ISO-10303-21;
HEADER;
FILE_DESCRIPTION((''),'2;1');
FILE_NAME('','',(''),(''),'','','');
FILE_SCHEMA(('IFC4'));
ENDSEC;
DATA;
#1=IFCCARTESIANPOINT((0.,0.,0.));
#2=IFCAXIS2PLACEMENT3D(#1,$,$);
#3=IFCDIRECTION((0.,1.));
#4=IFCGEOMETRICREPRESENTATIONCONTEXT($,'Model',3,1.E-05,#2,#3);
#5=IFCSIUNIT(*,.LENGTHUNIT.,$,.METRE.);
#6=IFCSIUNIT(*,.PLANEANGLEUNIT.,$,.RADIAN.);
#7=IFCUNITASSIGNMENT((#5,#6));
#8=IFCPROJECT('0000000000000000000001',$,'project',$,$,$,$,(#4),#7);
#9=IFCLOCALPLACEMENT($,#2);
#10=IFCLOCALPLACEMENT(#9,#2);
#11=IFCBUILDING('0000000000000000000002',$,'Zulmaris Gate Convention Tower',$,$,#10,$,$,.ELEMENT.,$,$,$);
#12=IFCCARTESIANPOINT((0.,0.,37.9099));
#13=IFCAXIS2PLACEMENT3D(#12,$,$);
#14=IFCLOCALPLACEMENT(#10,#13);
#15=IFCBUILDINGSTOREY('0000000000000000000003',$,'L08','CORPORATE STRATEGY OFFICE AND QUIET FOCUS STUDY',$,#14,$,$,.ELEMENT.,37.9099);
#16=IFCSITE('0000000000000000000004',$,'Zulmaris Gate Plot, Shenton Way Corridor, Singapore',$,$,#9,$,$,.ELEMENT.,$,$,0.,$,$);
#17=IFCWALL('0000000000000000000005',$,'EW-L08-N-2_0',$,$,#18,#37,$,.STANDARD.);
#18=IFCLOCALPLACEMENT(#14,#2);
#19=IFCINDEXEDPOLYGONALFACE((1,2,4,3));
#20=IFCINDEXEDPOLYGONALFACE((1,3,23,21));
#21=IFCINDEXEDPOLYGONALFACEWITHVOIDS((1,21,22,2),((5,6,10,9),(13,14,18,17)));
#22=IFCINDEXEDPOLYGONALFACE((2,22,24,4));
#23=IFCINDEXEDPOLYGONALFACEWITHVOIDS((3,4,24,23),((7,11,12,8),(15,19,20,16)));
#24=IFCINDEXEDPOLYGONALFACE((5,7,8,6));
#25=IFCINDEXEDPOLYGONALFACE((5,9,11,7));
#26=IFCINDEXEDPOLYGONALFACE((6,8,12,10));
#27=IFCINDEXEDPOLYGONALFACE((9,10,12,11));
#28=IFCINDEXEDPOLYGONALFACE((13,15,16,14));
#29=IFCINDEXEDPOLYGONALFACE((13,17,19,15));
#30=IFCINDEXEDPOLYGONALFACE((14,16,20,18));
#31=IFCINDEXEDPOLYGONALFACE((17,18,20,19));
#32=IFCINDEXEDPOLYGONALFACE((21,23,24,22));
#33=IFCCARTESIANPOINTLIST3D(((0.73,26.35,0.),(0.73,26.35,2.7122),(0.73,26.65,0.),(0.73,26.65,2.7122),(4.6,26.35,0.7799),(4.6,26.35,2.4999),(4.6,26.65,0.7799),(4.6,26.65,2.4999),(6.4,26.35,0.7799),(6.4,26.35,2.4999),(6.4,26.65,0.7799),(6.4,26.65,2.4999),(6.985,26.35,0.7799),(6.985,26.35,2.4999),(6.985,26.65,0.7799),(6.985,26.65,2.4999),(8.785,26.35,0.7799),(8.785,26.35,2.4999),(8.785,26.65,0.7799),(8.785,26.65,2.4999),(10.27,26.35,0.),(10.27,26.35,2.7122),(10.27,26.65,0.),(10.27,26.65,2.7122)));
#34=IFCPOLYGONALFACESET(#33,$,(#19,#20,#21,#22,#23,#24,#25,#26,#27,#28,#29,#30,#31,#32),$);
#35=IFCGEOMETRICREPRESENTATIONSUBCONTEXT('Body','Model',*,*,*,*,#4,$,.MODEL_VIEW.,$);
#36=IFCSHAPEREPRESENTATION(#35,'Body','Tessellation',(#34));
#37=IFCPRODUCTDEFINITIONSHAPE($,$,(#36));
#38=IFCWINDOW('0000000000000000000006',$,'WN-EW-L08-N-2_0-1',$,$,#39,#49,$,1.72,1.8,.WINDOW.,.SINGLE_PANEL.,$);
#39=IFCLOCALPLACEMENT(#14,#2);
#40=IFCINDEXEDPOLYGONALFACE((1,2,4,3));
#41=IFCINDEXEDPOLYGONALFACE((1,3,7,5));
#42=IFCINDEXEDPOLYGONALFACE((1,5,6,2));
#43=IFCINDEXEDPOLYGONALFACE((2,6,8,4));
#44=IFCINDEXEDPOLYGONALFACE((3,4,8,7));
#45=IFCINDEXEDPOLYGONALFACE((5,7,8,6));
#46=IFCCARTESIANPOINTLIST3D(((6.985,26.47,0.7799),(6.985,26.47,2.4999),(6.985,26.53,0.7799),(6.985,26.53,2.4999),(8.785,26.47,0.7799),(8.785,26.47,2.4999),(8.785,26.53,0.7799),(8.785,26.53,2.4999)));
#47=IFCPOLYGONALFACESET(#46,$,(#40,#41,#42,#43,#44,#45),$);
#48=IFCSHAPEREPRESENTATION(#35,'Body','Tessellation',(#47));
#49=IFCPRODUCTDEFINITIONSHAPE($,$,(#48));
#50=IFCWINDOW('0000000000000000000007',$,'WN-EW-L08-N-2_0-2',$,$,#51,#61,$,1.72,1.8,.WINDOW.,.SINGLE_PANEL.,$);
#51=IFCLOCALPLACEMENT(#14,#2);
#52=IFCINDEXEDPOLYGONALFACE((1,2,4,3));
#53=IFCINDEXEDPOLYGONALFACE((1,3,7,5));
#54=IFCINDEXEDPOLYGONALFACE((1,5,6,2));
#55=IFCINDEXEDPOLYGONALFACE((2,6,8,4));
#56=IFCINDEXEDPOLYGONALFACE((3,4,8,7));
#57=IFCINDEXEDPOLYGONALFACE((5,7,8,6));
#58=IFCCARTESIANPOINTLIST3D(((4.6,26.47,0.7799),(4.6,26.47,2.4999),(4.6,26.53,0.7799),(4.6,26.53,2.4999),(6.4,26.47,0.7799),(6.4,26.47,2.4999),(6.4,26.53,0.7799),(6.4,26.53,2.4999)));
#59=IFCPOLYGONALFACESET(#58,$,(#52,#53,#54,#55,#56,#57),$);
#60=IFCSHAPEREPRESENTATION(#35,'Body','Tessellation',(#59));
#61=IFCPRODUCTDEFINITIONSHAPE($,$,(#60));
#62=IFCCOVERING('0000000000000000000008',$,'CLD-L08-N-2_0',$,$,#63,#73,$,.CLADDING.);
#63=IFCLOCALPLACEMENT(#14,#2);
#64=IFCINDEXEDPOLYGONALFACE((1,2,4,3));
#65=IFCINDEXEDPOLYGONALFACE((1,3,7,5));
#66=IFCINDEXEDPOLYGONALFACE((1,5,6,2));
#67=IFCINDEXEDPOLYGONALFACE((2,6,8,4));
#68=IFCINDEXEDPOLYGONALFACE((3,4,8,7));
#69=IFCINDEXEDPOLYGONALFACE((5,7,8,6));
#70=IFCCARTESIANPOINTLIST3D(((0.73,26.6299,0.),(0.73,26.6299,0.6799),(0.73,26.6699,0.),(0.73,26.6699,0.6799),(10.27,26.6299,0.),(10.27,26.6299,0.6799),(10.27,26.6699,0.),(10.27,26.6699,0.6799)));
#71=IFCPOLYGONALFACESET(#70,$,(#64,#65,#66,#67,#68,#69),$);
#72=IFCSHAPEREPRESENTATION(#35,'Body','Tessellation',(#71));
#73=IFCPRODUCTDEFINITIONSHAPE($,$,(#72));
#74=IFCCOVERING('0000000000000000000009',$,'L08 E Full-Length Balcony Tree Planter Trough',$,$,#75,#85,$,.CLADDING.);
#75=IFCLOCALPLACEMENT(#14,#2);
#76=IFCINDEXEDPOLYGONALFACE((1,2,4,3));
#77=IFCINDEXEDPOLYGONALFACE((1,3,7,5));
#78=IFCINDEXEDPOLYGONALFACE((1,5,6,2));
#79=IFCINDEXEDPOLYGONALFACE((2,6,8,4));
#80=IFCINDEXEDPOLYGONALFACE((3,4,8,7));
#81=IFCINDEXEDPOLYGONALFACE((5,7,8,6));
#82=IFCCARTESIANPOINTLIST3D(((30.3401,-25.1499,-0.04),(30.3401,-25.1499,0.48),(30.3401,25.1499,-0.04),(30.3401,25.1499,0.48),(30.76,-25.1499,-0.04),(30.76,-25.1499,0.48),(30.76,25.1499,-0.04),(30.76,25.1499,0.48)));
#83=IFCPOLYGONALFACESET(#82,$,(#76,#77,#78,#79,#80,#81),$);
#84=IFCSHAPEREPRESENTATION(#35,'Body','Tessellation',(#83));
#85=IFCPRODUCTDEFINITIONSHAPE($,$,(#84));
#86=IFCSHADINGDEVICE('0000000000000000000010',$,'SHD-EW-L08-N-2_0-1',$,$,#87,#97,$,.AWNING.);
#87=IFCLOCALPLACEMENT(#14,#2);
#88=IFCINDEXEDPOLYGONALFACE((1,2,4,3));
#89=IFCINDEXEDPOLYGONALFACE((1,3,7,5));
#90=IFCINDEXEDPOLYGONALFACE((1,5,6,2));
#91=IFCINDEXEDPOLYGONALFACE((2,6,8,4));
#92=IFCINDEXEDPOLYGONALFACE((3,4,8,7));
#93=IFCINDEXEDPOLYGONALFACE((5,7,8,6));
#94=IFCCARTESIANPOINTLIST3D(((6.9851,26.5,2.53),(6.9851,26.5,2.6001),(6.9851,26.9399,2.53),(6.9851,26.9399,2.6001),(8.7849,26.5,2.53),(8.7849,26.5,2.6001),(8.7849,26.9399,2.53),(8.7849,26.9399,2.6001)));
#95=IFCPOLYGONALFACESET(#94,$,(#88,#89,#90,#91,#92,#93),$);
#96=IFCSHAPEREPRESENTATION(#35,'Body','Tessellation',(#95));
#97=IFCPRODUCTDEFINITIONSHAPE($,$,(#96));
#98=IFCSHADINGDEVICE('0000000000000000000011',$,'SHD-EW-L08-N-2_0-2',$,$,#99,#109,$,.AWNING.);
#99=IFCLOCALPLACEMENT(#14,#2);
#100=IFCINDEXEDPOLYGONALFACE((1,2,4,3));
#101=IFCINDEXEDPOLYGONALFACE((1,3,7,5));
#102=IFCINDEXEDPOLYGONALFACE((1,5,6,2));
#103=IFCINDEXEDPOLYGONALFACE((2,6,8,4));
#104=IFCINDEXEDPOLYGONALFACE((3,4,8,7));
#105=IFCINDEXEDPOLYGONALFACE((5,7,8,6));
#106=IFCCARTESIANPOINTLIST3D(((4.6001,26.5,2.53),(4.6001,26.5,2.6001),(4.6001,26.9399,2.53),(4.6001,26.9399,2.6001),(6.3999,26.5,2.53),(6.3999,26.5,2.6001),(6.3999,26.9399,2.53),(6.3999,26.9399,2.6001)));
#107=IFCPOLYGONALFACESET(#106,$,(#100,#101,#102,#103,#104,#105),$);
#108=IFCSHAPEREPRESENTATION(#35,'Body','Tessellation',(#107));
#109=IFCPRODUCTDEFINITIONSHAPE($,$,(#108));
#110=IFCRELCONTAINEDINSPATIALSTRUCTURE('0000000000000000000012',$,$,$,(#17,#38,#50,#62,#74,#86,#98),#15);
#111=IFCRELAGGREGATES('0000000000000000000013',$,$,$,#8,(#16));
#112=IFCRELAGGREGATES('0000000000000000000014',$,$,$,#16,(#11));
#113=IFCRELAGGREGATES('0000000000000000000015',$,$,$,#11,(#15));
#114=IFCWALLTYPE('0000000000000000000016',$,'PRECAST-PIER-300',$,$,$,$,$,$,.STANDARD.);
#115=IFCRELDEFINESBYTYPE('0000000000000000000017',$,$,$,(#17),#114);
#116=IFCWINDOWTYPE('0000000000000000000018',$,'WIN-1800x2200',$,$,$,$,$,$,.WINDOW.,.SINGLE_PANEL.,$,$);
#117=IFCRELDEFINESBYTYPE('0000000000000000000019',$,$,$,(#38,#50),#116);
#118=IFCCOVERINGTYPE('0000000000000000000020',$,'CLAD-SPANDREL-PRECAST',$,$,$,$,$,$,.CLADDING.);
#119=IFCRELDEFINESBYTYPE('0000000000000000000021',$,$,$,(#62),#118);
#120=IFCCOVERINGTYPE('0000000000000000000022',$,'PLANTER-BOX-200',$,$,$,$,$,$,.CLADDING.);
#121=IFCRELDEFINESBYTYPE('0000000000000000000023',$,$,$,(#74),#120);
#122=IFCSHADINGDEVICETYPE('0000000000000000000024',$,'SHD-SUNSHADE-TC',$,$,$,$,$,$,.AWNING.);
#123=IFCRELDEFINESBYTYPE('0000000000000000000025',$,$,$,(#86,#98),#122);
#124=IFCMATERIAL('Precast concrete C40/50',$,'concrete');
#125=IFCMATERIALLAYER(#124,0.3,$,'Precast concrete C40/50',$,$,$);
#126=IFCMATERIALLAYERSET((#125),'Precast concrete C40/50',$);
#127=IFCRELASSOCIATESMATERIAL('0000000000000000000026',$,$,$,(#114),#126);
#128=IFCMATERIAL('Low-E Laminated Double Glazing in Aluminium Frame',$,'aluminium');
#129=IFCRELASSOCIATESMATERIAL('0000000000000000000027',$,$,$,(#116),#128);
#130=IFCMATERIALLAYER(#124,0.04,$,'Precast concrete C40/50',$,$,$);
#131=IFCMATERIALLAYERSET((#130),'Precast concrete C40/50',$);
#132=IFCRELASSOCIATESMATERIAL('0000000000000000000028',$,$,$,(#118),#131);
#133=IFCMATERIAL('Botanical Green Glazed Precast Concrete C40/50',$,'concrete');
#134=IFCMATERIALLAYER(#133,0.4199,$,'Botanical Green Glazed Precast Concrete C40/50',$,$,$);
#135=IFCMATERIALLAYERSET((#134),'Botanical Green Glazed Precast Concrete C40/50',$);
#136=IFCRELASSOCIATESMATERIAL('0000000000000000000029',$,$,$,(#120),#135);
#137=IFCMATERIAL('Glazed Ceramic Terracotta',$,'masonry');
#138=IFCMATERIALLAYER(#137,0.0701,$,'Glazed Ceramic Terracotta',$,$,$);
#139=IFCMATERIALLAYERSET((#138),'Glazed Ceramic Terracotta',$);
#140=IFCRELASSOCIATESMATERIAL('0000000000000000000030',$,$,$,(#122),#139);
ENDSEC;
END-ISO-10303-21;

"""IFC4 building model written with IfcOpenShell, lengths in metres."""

from ifc_helpers import new_model, si_unit, direction, frame, frame_2d, origin, place, context, subcontext, project, spatial, polyline, rectangle, outline, extrude, material, layer, layer_set, type_object, element, fill, save


model = new_model("IFC4")

# Units and contexts
model_context = context("Model", 3, precision=1e-05, world=origin(), true_north=direction((0.0, 1.0)))
body_context = subcontext(model_context, "Body", "Model", "MODEL_VIEW")
ifc_project = project(units=[si_unit("LENGTHUNIT", "METRE"), si_unit("PLANEANGLEUNIT", "RADIAN")], contexts=[model_context])

# Site, building, storey
site_placement = place(None, origin())
site = spatial("IfcSite", under=ifc_project, at=site_placement, Name="Zulmaris Gate Plot, Shenton Way Corridor, Singapore", CompositionType="ELEMENT", RefElevation=0.0)
building_placement = place(site_placement, origin())
building = spatial("IfcBuilding", under=site, at=building_placement, Name="Zulmaris Gate Convention Tower", CompositionType="ELEMENT")
storey_placement = place(building_placement, frame((0.0, 0.0, 37.9099)))
storey = spatial("IfcBuildingStorey", under=building, at=storey_placement, Name="L08", Description="CORPORATE STRATEGY OFFICE AND QUIET FOCUS STUDY", CompositionType="ELEMENT", Elevation=37.9099)

# Wall, openings, windows
ifc_material_1 = material(Name="Precast concrete C40/50", Category="concrete")
ifc_layer_1 = layer(ifc_material_1, 0.3, Name="Precast concrete C40/50")
ifc_layer_set_1 = layer_set([ifc_layer_1], Name="Precast concrete C40/50")
wall_type_1 = type_object("IfcWallType", Name="PRECAST-PIER-300", PredefinedType="STANDARD", material=ifc_layer_set_1)
wall_1_placement = place(storey_placement, frame((10.27, 26.5, 0.0), z_axis=(0.0, 0.0, 1.0), x_axis=(-1.0, 0.0, 0.0)))
wall_1 = element("IfcWall", 1, at=wall_1_placement, inside=storey, type_object=wall_type_1, Name="EW-L08-N-2_0", PredefinedType="STANDARD", context=body_context, shape_type="SweptSolid", body=[
    extrude(rectangle(XDim=9.54, YDim=0.3, at=frame_2d((4.77, 0.0))), origin(), (0.0, 0.0, 1.0), 2.7122),
])
opening_1_placement = place(wall_1_placement, frame((1.4851, 0.0, 0.78)))
opening_1 = element("IfcOpeningElement", 2, at=opening_1_placement, cuts=wall_1, PredefinedType="OPENING", context=body_context, shape_type="SweptSolid", body=[
    extrude(rectangle(XDim=1.8, YDim=1.72, at=frame_2d((0.8999, 0.8599))), frame((0.0, 0.1602, 0.0), z_axis=(0.0, -1.0, 0.0), x_axis=(1.0, 0.0, 0.0)), (0.0, 0.0, 1.0), 0.3201),
])
opening_2_placement = place(wall_1_placement, frame((3.8701, 0.0, 0.78)))
opening_2 = element("IfcOpeningElement", 3, at=opening_2_placement, cuts=wall_1, PredefinedType="OPENING", context=body_context, shape_type="SweptSolid", body=[
    extrude(rectangle(XDim=1.8, YDim=1.72, at=frame_2d((0.8999, 0.8599))), frame((0.0, 0.1602, 0.0), z_axis=(0.0, -1.0, 0.0), x_axis=(1.0, 0.0, 0.0)), (0.0, 0.0, 1.0), 0.3201),
])
ifc_material_2 = material(Name="Low-E Laminated Double Glazing in Aluminium Frame", Category="aluminium")
window_type = type_object("IfcWindowType", Name="WIN-1800x2200", PartitioningType="SINGLE_PANEL", PredefinedType="WINDOW", material=ifc_material_2)
window_1_placement = place(opening_1_placement, origin())
window_1 = element("IfcWindow", 4, at=window_1_placement, inside=storey, type_object=window_type, Name="WN-EW-L08-N-2_0-1", OverallHeight=1.72, OverallWidth=1.8, PartitioningType="SINGLE_PANEL", PredefinedType="WINDOW", context=body_context, shape_type="SweptSolid", body=[
    extrude(rectangle(XDim=1.8, YDim=1.72, at=frame_2d((0.8999, 0.8599))), frame((0.0, 0.03, 0.0), z_axis=(0.0, -1.0, 0.0), x_axis=(1.0, 0.0, 0.0)), (0.0, 0.0, 1.0), 0.0601),
])
fill(opening_1, window_1)
window_2_placement = place(opening_2_placement, origin())
window_2 = element("IfcWindow", 5, at=window_2_placement, inside=storey, type_object=window_type, Name="WN-EW-L08-N-2_0-2", OverallHeight=1.72, OverallWidth=1.8, PartitioningType="SINGLE_PANEL", PredefinedType="WINDOW", context=body_context, shape_type="SweptSolid", body=[
    extrude(rectangle(XDim=1.8, YDim=1.72, at=frame_2d((0.8999, 0.8599))), frame((0.0, 0.03, 0.0), z_axis=(0.0, -1.0, 0.0), x_axis=(1.0, 0.0, 0.0)), (0.0, 0.0, 1.0), 0.0601),
])
fill(opening_2, window_2)

# Coverings
ifc_layer_2 = layer(ifc_material_1, 0.04, Name="Precast concrete C40/50")
ifc_layer_set_2 = layer_set([ifc_layer_2], Name="Precast concrete C40/50")
covering_type_1 = type_object("IfcCoveringType", Name="CLAD-SPANDREL-PRECAST", PredefinedType="CLADDING", material=ifc_layer_set_2)
covering_1_placement = place(storey_placement, frame((10.27, 26.6499, 0.0), z_axis=(0.0, 0.0, 1.0), x_axis=(-1.0, 0.0, 0.0)))
element("IfcCovering", 6, at=covering_1_placement, inside=storey, type_object=covering_type_1, Name="CLD-L08-N-2_0", PredefinedType="CLADDING", context=body_context, shape_type="SweptSolid", body=[
    extrude(rectangle(XDim=9.54, YDim=0.04, at=frame_2d((4.77, 0.0))), origin(), (0.0, 0.0, 1.0), 0.6799),
])
ifc_material_3 = material(Name="Botanical Green Glazed Precast Concrete C40/50", Category="concrete")
ifc_layer_3 = layer(ifc_material_3, 0.4199, Name="Botanical Green Glazed Precast Concrete C40/50")
ifc_layer_set_3 = layer_set([ifc_layer_3], Name="Botanical Green Glazed Precast Concrete C40/50")
covering_type_2 = type_object("IfcCoveringType", Name="PLANTER-BOX-200", PredefinedType="CLADDING", material=ifc_layer_set_3)
covering_2_placement = place(storey_placement, frame((0.0, 0.0, -0.04)))
element("IfcCovering", 7, at=covering_2_placement, inside=storey, type_object=covering_type_2, Name="L08 E Full-Length Balcony Tree Planter Trough", PredefinedType="CLADDING", context=body_context, shape_type="SweptSolid", body=[
    extrude(outline(polyline([(30.3401, -25.1499), (30.76, -25.1499), (30.76, 25.1499), (30.3401, 25.1499), (30.3401, -25.1499)])), origin(), (0.0, 0.0, 1.0), 0.52),
])

# Shading devices
ifc_material_4 = material(Name="Glazed Ceramic Terracotta", Category="masonry")
ifc_layer_4 = layer(ifc_material_4, 0.0701, Name="Glazed Ceramic Terracotta")
ifc_layer_set_4 = layer_set([ifc_layer_4], Name="Glazed Ceramic Terracotta")
shading_device_type = type_object("IfcShadingDeviceType", Name="SHD-SUNSHADE-TC", PredefinedType="AWNING", material=ifc_layer_set_4)
for number, where, z_axis, x_axis, name in (
    (8, (8.7849, 26.72, 2.53), (0.0, 0.0, 1.0), (-1.0, 0.0, 0.0), "SHD-EW-L08-N-2_0-1"),
    (9, (6.3999, 26.72, 2.53), (0.0, 0.0, 1.0), (-1.0, 0.0, 0.0), "SHD-EW-L08-N-2_0-2"),
):
    element("IfcShadingDevice", number, at=place(storey_placement, frame(where, z_axis=z_axis, x_axis=x_axis)), inside=storey, type_object=shading_device_type, Name=name, PredefinedType="AWNING", context=body_context, shape_type="SweptSolid", body=[
        extrude(rectangle(XDim=1.7998, YDim=0.4399, at=frame_2d((0.8999, 0.0))), origin(), (0.0, 0.0, 1.0), 0.0701),
    ])

save(model, "model.ifc")
